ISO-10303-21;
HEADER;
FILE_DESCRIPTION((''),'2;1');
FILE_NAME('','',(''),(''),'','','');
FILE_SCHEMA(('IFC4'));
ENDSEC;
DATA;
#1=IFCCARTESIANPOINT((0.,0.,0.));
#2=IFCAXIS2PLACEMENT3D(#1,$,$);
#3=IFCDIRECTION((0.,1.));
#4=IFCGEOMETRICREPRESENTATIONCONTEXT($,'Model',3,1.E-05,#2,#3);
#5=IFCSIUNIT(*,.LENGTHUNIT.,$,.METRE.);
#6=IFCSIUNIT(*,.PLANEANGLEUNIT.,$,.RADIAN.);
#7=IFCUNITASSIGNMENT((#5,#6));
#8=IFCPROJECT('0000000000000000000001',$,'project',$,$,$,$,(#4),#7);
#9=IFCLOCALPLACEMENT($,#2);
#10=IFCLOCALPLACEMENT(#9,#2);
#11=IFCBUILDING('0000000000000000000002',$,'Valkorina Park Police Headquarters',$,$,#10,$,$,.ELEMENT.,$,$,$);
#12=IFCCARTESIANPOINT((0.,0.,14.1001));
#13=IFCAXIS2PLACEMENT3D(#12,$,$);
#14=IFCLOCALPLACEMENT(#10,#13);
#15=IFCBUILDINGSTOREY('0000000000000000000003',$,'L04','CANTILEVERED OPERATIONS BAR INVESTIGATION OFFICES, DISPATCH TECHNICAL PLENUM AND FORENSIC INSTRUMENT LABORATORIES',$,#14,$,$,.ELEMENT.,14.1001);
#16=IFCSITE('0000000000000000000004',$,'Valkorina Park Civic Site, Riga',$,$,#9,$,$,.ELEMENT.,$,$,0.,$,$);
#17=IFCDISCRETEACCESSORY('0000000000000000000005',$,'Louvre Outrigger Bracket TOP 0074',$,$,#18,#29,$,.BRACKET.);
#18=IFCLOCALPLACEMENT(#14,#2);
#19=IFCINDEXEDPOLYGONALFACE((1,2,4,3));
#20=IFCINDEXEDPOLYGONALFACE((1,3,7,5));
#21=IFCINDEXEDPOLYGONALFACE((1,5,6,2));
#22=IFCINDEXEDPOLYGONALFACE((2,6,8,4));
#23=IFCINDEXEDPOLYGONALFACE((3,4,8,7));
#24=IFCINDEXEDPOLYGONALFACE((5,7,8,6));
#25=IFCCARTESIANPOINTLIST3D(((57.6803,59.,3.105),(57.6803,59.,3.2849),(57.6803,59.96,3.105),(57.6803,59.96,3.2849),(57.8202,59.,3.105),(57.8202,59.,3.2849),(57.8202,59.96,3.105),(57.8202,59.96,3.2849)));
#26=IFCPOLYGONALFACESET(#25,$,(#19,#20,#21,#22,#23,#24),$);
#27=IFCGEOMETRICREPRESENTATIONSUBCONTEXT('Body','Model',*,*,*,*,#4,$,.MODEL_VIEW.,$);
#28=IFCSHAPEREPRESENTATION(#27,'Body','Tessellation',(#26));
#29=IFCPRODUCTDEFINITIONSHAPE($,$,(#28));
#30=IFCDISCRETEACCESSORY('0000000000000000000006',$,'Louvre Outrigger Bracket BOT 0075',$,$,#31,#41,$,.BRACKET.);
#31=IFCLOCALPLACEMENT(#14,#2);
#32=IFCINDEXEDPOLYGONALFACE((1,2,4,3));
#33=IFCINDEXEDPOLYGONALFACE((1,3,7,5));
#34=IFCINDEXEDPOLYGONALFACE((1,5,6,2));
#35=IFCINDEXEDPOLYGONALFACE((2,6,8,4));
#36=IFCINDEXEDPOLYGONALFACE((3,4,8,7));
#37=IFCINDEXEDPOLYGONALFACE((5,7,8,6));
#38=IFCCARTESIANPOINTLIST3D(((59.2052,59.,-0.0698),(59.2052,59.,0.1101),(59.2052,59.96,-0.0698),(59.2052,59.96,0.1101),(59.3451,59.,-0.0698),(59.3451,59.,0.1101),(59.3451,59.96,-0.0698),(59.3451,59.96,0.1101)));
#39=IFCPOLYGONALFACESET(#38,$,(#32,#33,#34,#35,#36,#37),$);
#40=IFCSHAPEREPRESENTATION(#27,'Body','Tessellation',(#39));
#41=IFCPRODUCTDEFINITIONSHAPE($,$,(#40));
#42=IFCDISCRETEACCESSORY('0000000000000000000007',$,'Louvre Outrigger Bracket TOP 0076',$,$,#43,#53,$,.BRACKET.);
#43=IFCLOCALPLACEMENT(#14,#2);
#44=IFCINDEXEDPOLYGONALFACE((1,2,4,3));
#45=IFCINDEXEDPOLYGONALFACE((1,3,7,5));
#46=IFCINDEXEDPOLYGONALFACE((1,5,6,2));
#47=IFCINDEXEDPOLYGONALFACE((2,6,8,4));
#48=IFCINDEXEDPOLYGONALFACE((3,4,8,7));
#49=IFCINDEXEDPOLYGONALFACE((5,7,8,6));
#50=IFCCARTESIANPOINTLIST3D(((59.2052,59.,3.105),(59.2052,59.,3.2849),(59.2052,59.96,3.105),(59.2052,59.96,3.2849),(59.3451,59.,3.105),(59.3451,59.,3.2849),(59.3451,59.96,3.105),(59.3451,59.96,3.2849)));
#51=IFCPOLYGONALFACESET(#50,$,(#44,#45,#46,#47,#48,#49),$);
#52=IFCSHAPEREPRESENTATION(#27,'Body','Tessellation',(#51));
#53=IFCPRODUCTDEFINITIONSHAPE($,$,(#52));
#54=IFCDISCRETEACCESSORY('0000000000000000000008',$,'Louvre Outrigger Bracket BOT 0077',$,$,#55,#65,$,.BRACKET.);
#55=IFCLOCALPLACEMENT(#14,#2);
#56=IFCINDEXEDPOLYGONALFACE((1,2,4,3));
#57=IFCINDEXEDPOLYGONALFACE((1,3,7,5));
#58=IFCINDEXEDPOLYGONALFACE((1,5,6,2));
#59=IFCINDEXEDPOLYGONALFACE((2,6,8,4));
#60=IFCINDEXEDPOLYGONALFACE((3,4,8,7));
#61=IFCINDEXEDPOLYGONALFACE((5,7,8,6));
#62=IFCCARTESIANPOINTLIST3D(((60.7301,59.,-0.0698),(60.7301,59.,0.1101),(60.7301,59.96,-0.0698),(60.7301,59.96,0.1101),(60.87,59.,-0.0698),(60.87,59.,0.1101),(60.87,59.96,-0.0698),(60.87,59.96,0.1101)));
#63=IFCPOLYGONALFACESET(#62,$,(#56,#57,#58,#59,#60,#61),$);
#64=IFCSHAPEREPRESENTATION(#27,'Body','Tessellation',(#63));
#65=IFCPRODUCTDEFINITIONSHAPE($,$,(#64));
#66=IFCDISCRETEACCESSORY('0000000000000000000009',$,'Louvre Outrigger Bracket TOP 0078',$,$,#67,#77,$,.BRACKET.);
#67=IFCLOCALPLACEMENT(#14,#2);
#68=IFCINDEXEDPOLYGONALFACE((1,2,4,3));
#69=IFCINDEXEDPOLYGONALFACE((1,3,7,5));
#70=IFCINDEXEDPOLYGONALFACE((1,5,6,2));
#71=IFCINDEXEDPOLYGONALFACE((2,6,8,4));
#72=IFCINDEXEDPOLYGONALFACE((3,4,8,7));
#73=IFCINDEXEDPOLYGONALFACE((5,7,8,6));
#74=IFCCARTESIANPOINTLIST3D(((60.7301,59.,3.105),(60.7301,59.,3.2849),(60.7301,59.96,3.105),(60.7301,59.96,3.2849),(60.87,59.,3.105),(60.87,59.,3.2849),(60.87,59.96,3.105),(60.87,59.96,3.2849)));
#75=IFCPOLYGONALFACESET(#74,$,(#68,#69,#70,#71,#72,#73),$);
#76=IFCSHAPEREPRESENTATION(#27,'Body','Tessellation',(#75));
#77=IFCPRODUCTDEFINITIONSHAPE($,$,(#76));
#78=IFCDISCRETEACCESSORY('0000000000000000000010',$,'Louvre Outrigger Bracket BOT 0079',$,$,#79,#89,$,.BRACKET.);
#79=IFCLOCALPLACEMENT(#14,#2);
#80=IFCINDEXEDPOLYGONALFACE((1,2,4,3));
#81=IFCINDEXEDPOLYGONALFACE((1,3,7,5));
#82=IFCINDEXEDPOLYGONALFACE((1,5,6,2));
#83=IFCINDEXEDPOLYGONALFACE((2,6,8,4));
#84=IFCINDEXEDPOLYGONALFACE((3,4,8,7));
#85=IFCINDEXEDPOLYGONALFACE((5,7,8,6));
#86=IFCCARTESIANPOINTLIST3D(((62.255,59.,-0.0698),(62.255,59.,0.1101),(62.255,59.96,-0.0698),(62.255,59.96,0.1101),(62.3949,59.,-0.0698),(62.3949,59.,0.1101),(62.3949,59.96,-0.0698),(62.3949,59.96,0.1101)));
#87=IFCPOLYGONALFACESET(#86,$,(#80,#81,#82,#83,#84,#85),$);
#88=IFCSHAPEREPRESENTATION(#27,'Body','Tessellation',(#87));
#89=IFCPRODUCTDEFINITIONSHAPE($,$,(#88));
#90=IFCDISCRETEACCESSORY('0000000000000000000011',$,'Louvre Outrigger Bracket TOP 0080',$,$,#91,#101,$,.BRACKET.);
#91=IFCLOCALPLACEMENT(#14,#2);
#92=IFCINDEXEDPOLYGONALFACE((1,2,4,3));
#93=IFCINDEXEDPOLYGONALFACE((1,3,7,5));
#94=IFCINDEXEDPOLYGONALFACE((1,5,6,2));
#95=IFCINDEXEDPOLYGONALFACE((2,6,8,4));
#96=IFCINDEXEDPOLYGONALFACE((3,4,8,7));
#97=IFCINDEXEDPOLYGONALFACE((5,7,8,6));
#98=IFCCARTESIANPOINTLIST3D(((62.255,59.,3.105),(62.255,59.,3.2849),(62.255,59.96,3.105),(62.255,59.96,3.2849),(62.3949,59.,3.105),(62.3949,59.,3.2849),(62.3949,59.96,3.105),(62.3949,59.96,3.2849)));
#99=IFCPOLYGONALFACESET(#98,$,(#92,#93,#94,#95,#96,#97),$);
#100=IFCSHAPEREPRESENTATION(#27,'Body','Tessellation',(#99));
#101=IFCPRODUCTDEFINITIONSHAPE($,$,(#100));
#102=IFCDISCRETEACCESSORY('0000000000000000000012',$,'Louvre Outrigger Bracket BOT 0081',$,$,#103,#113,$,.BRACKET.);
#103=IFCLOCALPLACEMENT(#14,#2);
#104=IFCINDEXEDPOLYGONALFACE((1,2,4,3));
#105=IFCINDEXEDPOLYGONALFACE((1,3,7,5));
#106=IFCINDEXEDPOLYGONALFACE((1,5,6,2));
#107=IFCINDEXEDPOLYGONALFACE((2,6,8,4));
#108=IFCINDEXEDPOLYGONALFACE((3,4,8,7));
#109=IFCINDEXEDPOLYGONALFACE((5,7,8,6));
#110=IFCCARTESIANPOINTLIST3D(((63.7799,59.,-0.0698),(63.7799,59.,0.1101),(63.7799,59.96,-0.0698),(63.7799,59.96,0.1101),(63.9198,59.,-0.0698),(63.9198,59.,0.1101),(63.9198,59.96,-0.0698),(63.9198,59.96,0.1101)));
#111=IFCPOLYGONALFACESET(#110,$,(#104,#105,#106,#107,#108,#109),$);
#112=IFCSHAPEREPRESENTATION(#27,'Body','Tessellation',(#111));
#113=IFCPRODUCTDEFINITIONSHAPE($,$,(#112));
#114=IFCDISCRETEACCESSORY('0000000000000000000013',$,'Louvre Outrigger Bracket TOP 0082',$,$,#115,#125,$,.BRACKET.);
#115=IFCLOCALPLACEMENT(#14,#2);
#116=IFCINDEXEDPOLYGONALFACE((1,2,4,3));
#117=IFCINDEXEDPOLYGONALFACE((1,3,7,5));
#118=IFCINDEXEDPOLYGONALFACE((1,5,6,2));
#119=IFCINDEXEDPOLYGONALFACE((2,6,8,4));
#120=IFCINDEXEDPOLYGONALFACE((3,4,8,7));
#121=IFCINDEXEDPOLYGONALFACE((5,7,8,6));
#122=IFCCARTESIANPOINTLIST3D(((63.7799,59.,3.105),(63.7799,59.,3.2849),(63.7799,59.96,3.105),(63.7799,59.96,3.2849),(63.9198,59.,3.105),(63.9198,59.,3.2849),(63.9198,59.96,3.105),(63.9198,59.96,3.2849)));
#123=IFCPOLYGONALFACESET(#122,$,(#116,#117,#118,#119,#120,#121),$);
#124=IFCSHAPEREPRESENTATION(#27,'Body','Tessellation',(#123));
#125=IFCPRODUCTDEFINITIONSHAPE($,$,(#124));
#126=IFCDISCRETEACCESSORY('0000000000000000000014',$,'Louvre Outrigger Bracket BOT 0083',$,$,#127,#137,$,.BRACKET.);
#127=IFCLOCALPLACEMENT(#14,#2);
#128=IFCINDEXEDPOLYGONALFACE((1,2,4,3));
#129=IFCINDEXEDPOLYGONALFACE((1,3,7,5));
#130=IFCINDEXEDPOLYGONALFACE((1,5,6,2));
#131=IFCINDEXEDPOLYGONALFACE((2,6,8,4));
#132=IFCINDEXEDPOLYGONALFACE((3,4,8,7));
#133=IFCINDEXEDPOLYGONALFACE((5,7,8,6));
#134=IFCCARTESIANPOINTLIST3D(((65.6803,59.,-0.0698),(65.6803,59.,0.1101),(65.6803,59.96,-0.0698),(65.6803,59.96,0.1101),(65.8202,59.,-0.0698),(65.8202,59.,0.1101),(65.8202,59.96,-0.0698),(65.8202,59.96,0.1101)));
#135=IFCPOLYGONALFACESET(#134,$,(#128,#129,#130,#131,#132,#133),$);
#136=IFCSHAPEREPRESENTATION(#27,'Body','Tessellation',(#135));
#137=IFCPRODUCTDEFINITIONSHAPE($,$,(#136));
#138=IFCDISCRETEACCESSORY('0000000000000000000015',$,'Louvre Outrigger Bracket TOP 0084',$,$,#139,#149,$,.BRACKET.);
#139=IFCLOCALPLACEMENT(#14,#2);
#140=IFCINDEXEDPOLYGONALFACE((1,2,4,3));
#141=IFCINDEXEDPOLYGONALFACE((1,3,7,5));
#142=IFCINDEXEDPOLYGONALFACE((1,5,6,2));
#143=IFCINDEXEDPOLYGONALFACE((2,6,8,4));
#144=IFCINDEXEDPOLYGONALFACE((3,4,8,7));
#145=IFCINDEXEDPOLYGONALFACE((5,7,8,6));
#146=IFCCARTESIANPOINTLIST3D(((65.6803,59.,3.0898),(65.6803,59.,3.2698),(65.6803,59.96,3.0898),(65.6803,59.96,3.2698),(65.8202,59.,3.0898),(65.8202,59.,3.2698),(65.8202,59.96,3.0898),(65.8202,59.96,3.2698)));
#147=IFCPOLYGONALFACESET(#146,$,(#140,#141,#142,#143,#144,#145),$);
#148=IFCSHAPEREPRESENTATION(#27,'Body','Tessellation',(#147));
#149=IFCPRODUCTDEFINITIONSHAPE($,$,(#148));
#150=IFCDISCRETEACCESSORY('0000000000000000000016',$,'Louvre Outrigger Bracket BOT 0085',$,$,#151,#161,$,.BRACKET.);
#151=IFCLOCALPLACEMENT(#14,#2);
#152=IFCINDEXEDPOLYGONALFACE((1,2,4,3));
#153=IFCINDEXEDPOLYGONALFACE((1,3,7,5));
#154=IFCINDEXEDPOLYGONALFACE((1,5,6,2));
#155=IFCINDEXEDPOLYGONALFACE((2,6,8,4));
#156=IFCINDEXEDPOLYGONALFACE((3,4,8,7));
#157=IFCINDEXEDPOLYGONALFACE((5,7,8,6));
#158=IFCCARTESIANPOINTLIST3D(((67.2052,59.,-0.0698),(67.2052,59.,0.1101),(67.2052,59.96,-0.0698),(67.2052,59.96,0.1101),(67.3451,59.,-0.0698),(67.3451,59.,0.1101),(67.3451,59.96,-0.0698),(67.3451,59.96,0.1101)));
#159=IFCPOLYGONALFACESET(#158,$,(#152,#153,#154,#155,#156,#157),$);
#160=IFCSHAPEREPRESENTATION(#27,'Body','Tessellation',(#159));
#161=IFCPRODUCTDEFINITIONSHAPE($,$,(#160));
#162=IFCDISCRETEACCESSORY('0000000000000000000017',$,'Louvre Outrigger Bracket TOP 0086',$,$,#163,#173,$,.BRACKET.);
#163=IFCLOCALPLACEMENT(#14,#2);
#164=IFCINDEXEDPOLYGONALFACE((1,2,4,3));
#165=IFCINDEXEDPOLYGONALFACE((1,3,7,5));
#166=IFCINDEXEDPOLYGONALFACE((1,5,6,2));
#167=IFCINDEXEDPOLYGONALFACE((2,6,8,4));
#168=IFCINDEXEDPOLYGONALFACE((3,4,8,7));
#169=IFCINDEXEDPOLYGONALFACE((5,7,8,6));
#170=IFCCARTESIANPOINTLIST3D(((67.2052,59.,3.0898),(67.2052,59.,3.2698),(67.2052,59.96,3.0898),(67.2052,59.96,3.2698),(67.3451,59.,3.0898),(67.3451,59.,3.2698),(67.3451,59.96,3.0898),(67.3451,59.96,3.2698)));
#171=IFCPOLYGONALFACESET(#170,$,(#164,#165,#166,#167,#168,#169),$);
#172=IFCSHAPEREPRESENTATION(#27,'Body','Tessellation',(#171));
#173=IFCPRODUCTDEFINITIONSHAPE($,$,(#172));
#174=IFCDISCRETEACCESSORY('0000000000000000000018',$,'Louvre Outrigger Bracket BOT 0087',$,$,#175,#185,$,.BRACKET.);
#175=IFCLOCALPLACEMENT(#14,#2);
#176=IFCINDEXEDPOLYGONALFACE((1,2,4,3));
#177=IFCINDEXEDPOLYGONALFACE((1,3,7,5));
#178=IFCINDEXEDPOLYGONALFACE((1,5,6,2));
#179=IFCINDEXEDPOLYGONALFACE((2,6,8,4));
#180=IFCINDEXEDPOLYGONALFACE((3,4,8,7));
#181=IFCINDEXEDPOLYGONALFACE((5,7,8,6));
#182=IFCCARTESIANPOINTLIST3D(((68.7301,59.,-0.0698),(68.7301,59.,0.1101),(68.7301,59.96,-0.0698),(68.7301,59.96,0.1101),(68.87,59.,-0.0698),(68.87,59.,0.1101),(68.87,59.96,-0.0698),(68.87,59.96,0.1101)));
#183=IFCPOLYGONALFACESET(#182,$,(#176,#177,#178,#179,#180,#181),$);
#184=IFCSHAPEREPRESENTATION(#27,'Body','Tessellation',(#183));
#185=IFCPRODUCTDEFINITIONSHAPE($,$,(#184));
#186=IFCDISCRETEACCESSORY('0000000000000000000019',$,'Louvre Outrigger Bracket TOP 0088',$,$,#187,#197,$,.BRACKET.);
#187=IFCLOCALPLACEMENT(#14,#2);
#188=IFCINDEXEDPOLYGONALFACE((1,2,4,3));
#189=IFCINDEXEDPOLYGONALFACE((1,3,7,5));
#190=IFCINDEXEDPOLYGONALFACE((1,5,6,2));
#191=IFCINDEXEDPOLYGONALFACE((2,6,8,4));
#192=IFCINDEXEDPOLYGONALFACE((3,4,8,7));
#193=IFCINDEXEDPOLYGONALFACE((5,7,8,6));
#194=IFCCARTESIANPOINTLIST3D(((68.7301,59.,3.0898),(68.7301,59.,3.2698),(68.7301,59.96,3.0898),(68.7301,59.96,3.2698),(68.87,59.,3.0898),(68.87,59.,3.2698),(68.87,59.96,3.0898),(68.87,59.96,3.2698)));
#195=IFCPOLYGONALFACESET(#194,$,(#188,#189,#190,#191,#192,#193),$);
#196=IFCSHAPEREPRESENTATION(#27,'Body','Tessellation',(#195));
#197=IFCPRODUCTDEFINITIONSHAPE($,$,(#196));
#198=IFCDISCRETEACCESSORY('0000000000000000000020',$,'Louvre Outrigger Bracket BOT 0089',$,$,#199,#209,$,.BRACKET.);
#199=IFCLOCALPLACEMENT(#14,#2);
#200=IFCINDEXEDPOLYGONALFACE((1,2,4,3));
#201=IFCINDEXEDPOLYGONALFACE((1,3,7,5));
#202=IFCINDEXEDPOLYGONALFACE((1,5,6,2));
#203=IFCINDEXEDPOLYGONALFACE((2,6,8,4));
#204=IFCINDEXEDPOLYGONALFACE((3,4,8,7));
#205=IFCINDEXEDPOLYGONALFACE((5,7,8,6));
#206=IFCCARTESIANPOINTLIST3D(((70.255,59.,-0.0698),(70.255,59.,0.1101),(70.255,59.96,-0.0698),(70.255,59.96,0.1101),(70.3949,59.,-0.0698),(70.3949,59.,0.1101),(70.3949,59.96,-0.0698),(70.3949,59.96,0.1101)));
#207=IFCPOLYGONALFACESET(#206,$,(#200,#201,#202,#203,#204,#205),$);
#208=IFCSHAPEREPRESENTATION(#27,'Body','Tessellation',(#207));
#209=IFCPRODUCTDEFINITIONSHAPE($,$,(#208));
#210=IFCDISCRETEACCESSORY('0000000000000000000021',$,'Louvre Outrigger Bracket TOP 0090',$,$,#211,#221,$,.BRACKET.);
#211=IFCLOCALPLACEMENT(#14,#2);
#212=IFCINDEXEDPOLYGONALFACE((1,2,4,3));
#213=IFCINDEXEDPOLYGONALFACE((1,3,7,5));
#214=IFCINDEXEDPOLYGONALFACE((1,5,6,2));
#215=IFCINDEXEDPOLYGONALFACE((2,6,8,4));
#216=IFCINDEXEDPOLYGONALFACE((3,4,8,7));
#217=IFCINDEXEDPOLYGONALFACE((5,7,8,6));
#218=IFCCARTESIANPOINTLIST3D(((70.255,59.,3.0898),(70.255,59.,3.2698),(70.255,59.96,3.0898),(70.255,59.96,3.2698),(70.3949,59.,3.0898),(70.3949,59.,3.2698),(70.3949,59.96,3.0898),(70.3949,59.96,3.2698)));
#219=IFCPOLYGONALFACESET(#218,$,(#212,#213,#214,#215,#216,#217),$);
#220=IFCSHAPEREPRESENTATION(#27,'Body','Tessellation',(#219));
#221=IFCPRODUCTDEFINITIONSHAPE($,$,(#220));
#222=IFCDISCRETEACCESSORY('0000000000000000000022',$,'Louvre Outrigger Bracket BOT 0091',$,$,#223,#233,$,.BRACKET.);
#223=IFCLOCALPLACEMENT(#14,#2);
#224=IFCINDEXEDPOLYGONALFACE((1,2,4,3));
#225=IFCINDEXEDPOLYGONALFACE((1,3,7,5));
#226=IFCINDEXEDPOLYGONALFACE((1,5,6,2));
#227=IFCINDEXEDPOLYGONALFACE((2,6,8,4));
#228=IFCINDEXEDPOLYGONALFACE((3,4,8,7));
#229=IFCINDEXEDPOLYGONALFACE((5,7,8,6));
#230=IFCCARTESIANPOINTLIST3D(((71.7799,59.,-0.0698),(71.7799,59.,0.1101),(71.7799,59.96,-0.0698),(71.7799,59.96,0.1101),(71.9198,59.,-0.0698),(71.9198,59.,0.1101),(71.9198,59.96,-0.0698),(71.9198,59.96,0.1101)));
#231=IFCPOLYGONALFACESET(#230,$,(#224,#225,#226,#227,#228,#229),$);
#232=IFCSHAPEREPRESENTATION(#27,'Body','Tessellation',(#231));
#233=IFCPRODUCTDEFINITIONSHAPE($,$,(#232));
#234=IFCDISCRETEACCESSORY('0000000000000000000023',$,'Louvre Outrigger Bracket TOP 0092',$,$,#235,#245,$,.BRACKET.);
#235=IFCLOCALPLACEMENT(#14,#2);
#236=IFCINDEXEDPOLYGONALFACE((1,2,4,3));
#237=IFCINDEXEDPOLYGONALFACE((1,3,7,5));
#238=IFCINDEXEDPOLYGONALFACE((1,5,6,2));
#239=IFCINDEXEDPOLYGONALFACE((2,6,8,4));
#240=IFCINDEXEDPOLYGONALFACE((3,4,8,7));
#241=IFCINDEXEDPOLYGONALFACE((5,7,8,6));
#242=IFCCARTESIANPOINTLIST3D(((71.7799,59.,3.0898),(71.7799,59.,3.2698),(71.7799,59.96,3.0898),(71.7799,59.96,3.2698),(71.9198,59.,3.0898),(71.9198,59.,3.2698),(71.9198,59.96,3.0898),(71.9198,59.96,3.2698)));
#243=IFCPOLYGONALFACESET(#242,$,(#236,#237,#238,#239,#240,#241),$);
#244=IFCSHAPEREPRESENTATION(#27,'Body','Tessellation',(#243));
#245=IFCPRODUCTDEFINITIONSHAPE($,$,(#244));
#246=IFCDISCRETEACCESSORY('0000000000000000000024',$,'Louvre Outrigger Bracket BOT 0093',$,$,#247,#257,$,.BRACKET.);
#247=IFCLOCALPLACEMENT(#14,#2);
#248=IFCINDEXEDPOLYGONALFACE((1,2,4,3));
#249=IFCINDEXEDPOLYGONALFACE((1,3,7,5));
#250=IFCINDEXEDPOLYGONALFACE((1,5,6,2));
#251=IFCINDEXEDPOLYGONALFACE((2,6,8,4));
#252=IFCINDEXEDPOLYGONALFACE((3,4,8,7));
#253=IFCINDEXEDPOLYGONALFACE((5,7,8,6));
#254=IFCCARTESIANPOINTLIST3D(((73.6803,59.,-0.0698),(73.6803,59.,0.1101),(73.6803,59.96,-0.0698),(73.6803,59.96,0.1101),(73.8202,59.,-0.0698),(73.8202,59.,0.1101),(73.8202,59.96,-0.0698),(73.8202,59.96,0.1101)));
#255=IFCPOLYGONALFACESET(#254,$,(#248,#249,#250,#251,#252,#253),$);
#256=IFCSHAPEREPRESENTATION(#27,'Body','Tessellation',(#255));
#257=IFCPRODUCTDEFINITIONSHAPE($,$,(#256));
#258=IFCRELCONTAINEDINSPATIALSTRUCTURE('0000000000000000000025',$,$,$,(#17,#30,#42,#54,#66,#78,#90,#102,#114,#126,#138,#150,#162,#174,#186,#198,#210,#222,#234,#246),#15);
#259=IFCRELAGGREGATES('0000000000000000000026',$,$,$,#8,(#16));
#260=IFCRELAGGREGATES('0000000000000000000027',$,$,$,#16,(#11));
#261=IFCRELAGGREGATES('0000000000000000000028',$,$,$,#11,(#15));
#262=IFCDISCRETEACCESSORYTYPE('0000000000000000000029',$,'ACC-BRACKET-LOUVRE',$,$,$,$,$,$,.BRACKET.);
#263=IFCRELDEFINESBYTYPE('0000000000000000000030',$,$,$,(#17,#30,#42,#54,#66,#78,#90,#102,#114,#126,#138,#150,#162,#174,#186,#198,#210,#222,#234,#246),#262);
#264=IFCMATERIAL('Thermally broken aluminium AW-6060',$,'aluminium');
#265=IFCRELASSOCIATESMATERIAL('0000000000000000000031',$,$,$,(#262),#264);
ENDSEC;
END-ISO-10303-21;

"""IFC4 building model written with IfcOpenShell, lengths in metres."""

from ifc_helpers import new_model, si_unit, direction, frame, origin, origin_2d, place, context, subcontext, project, spatial, rectangle, extrude, material, type_object, element, save


model = new_model("IFC4")

# Units and contexts
model_context = context("Model", 3, precision=1e-05, world=origin(), true_north=direction((0.0, 1.0)))
body_context = subcontext(model_context, "Body", "Model", "MODEL_VIEW")
ifc_project = project(units=[si_unit("LENGTHUNIT", "METRE"), si_unit("PLANEANGLEUNIT", "RADIAN")], contexts=[model_context])

# Site, building, storey
site_placement = place(None, origin())
site = spatial("IfcSite", under=ifc_project, at=site_placement, Name="Valkorina Park Civic Site, Riga", CompositionType="ELEMENT", RefElevation=0.0)
building_placement = place(site_placement, origin())
building = spatial("IfcBuilding", under=site, at=building_placement, Name="Valkorina Park Police Headquarters", CompositionType="ELEMENT")
storey_placement = place(building_placement, frame((0.0, 0.0, 14.1001)))
storey = spatial("IfcBuildingStorey", under=building, at=storey_placement, Name="L04", Description="CANTILEVERED OPERATIONS BAR INVESTIGATION OFFICES, DISPATCH TECHNICAL PLENUM AND FORENSIC INSTRUMENT LABORATORIES", CompositionType="ELEMENT", Elevation=14.1001)

# Discrete accessories
ifc_material_1 = material(Name="Thermally broken aluminium AW-6060", Category="aluminium")
discrete_accessory_type = type_object("IfcDiscreteAccessoryType", Name="ACC-BRACKET-LOUVRE", PredefinedType="BRACKET", material=ifc_material_1)
for number, where, z_axis, x_axis, name in (
    (1, (57.7502, 59.48, 3.105), (0.0, 0.0, 1.0), (0.0, 1.0, 0.0), "Louvre Outrigger Bracket TOP 0074"),
    (2, (59.2751, 59.48, -0.0698), (0.0, 0.0, 1.0), (0.0, 1.0, 0.0), "Louvre Outrigger Bracket BOT 0075"),
    (3, (59.2751, 59.48, 3.105), (0.0, 0.0, 1.0), (0.0, 1.0, 0.0), "Louvre Outrigger Bracket TOP 0076"),
    (4, (60.8, 59.48, -0.0698), (0.0, 0.0, 1.0), (0.0, 1.0, 0.0), "Louvre Outrigger Bracket BOT 0077"),
    (5, (60.8, 59.48, 3.105), (0.0, 0.0, 1.0), (0.0, 1.0, 0.0), "Louvre Outrigger Bracket TOP 0078"),
    (6, (62.325, 59.48, -0.0698), (0.0, 0.0, 1.0), (0.0, 1.0, 0.0), "Louvre Outrigger Bracket BOT 0079"),
    (7, (62.325, 59.48, 3.105), (0.0, 0.0, 1.0), (0.0, 1.0, 0.0), "Louvre Outrigger Bracket TOP 0080"),
    (8, (63.8499, 59.48, -0.0698), (0.0, 0.0, 1.0), (0.0, 1.0, 0.0), "Louvre Outrigger Bracket BOT 0081"),
    (9, (63.8499, 59.48, 3.105), (0.0, 0.0, 1.0), (0.0, 1.0, 0.0), "Louvre Outrigger Bracket TOP 0082"),
    (10, (65.7502, 59.48, -0.0698), (0.0, 0.0, 1.0), (0.0, 1.0, 0.0), "Louvre Outrigger Bracket BOT 0083"),
    (11, (65.7502, 59.48, 3.0898), (0.0, 0.0, 1.0), (0.0, 1.0, 0.0), "Louvre Outrigger Bracket TOP 0084"),
    (12, (67.2751, 59.48, -0.0698), (0.0, 0.0, 1.0), (0.0, 1.0, 0.0), "Louvre Outrigger Bracket BOT 0085"),
    (13, (67.2751, 59.48, 3.0898), (0.0, 0.0, 1.0), (0.0, 1.0, 0.0), "Louvre Outrigger Bracket TOP 0086"),
    (14, (68.8, 59.48, -0.0698), (0.0, 0.0, 1.0), (0.0, 1.0, 0.0), "Louvre Outrigger Bracket BOT 0087"),
    (15, (68.8, 59.48, 3.0898), (0.0, 0.0, 1.0), (0.0, 1.0, 0.0), "Louvre Outrigger Bracket TOP 0088"),
    (16, (70.325, 59.48, -0.0698), (0.0, 0.0, 1.0), (0.0, 1.0, 0.0), "Louvre Outrigger Bracket BOT 0089"),
    (17, (70.325, 59.48, 3.0898), (0.0, 0.0, 1.0), (0.0, 1.0, 0.0), "Louvre Outrigger Bracket TOP 0090"),
    (18, (71.8499, 59.48, -0.0698), (0.0, 0.0, 1.0), (0.0, 1.0, 0.0), "Louvre Outrigger Bracket BOT 0091"),
    (19, (71.8499, 59.48, 3.0898), (0.0, 0.0, 1.0), (0.0, 1.0, 0.0), "Louvre Outrigger Bracket TOP 0092"),
    (20, (73.7502, 59.48, -0.0698), (0.0, 0.0, 1.0), (0.0, 1.0, 0.0), "Louvre Outrigger Bracket BOT 0093"),
):
    element("IfcDiscreteAccessory", number, at=place(storey_placement, frame(where, z_axis=z_axis, x_axis=x_axis)), inside=storey, type_object=discrete_accessory_type, Name=name, PredefinedType="BRACKET", context=body_context, shape_type="SweptSolid", body=[
        extrude(rectangle(XDim=0.96, YDim=0.1399, at=origin_2d()), origin(), (0.0, 0.0, 1.0), 0.1799),
    ])

save(model, "model.ifc")
